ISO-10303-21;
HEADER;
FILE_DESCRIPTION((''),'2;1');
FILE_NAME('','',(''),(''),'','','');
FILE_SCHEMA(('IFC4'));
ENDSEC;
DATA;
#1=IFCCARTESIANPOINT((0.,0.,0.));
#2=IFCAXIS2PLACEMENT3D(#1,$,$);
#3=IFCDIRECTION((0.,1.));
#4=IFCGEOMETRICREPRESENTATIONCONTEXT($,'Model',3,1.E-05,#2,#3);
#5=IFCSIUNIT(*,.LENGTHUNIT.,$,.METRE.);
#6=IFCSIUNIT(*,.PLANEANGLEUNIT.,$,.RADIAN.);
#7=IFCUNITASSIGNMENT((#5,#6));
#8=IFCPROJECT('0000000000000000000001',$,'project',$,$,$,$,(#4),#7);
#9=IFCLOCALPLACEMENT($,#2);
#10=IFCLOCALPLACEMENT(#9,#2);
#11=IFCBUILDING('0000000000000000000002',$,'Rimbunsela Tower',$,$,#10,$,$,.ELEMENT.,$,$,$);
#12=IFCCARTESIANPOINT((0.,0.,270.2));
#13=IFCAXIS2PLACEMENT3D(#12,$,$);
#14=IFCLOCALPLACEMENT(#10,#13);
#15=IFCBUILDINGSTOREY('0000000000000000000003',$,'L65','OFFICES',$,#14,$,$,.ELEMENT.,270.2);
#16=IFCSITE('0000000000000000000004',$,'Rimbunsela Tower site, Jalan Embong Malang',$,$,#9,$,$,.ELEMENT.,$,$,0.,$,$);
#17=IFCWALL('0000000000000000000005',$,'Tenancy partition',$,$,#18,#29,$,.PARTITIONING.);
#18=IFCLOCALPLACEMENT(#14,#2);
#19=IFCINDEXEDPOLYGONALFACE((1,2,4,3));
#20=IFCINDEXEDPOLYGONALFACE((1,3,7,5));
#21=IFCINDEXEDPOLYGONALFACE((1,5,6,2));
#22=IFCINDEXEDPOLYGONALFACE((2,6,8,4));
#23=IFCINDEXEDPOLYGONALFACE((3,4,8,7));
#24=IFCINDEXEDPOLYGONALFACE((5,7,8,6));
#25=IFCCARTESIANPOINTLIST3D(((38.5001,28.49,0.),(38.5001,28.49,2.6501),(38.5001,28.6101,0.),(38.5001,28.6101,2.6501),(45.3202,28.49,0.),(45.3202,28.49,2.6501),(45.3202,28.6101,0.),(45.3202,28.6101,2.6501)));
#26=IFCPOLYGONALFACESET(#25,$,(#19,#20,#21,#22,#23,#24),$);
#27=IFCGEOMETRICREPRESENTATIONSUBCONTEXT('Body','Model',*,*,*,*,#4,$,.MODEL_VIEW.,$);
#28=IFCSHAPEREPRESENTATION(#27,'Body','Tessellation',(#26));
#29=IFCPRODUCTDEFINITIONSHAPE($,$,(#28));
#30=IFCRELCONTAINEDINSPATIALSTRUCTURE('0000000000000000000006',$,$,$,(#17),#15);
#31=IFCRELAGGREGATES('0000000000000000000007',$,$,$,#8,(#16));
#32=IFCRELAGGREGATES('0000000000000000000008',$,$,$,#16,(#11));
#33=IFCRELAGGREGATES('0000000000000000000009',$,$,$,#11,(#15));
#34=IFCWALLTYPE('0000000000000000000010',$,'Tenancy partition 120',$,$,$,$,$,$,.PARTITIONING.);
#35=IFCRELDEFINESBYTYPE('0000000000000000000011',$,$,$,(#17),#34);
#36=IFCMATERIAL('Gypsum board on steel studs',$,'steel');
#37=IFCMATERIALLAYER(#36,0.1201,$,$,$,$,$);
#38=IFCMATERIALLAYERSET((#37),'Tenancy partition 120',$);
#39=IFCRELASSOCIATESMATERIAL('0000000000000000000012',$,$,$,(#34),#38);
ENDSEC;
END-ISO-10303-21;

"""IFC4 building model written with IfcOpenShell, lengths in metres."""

from ifc_helpers import new_model, si_unit, direction, frame, frame_2d, origin, place, context, subcontext, project, spatial, rectangle, extrude, material, layer, layer_set, type_object, element, save


model = new_model("IFC4")

# Units and contexts
model_context = context("Model", 3, precision=1e-05, world=origin(), true_north=direction((0.0, 1.0)))
body_context = subcontext(model_context, "Body", "Model", "MODEL_VIEW")
ifc_project = project(units=[si_unit("LENGTHUNIT", "METRE"), si_unit("PLANEANGLEUNIT", "RADIAN")], contexts=[model_context])

# Site, building, storey
site_placement = place(None, origin())
site = spatial("IfcSite", under=ifc_project, at=site_placement, Name="Rimbunsela Tower site, Jalan Embong Malang", CompositionType="ELEMENT", RefElevation=0.0)
building_placement = place(site_placement, origin())
building = spatial("IfcBuilding", under=site, at=building_placement, Name="Rimbunsela Tower", CompositionType="ELEMENT")
storey_placement = place(building_placement, frame((0.0, 0.0, 270.2)))
storey = spatial("IfcBuildingStorey", under=building, at=storey_placement, Name="L65", Description="OFFICES", CompositionType="ELEMENT", Elevation=270.2)

# Wall
ifc_material_1 = material(Name="Gypsum board on steel studs", Category="steel")
ifc_layer_1 = layer(ifc_material_1, 0.1201)
ifc_layer_set_1 = layer_set([ifc_layer_1], Name="Tenancy partition 120")
wall_type_1 = type_object("IfcWallType", Name="Tenancy partition 120", PredefinedType="PARTITIONING", material=ifc_layer_set_1)
wall_1_placement = place(storey_placement, frame((38.5, 28.55, 0.0), z_axis=(0.0, 0.0, 1.0), x_axis=(1.0, 0.0, 0.0)))
element("IfcWall", 1, at=wall_1_placement, inside=storey, type_object=wall_type_1, Name="Tenancy partition", PredefinedType="PARTITIONING", context=body_context, shape_type="SweptSolid", body=[
    extrude(rectangle(XDim=6.8201, YDim=0.1201, at=frame_2d((3.4102, 0.0))), origin(), (0.0, 0.0, 1.0), 2.6501),
])

save(model, "model.ifc")
